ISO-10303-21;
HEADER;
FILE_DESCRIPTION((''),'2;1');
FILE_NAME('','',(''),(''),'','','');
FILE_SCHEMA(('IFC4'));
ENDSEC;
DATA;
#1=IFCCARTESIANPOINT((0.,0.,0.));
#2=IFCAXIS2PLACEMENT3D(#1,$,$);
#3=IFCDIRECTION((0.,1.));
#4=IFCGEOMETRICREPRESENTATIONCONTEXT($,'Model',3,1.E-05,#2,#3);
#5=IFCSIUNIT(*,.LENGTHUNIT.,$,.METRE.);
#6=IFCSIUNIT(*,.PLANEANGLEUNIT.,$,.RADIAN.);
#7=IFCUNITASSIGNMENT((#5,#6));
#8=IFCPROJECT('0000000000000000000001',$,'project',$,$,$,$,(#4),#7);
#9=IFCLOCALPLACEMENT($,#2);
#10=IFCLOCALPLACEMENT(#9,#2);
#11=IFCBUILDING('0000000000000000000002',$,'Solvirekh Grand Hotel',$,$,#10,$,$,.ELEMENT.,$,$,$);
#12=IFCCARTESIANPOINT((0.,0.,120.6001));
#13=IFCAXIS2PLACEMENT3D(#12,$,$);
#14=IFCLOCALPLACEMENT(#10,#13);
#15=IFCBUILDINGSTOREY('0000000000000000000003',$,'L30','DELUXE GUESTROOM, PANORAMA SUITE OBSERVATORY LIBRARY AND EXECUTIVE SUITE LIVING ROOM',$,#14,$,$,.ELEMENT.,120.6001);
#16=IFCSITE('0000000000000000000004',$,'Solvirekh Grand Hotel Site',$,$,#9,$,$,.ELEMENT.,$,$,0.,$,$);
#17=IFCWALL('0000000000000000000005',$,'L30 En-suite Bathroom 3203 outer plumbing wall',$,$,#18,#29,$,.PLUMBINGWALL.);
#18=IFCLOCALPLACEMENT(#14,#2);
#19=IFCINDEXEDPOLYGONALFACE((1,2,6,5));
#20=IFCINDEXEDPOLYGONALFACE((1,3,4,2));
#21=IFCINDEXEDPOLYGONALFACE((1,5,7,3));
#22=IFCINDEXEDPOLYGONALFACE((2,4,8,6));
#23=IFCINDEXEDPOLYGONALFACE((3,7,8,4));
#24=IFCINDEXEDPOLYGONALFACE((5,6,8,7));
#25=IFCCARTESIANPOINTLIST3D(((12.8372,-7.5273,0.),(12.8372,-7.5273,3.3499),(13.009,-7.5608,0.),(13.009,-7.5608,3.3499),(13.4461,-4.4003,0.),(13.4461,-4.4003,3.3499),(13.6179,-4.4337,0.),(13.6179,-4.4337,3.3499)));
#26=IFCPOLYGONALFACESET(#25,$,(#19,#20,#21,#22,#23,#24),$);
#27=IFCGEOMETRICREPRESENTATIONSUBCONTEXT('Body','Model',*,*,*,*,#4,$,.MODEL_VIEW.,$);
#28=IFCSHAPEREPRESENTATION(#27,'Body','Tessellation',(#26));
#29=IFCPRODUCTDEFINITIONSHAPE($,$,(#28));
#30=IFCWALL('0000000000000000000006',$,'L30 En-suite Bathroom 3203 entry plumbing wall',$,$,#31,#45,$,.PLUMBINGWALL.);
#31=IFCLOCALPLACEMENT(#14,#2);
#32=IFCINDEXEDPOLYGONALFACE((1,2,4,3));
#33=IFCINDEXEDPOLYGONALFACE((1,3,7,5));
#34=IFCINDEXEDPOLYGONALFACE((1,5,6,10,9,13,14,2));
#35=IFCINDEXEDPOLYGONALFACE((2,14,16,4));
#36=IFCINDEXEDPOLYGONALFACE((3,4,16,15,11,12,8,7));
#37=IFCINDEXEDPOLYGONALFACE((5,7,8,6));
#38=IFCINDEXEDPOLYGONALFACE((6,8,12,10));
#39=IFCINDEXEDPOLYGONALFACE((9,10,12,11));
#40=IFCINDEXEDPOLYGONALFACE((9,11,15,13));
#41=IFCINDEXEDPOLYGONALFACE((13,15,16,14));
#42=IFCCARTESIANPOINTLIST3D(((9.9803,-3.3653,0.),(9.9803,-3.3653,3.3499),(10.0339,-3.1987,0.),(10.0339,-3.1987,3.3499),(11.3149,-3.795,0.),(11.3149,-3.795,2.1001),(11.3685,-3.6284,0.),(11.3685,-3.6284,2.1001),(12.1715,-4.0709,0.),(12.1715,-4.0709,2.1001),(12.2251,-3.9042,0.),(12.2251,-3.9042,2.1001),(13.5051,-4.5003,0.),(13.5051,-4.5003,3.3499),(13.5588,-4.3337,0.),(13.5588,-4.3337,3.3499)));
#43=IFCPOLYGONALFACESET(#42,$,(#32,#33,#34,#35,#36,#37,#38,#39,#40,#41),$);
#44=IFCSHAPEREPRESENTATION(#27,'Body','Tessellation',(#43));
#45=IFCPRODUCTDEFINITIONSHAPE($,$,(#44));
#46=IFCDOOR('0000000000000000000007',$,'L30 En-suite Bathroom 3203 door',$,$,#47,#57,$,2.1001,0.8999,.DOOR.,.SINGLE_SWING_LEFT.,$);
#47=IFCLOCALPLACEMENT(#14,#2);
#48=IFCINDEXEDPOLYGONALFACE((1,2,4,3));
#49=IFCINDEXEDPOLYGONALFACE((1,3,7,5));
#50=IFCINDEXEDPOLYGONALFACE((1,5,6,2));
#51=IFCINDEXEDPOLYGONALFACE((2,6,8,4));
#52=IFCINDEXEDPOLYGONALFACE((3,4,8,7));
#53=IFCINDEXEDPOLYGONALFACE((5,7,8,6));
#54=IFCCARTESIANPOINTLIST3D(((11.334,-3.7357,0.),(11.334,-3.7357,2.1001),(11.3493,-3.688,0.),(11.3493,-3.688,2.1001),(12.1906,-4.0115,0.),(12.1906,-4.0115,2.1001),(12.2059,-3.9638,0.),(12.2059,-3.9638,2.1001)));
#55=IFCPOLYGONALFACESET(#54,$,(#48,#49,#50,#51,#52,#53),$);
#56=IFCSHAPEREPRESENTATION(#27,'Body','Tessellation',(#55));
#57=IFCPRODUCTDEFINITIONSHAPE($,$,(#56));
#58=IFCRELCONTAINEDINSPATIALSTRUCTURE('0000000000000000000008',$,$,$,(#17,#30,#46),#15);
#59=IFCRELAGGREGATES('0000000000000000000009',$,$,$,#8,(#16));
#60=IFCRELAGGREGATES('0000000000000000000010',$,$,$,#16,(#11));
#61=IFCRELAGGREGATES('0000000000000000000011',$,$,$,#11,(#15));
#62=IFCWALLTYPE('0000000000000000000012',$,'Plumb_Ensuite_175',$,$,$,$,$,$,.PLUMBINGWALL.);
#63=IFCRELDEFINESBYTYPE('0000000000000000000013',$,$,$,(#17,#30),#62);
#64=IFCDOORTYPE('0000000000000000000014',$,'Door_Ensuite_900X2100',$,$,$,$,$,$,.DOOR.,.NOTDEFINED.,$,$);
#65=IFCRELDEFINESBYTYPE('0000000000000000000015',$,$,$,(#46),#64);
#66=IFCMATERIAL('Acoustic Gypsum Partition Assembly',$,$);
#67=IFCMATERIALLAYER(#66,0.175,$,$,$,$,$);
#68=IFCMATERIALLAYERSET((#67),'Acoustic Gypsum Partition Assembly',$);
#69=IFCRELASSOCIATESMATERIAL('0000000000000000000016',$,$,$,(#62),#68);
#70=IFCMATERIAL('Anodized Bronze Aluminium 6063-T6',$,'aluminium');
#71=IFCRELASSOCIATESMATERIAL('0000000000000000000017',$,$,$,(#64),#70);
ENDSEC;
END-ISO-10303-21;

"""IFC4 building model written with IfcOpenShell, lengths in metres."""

from ifc_helpers import new_model, si_unit, direction, frame, frame_2d, origin, place, context, subcontext, project, spatial, rectangle, extrude, material, layer, layer_set, type_object, element, fill, save


model = new_model("IFC4")

# Units and contexts
model_context = context("Model", 3, precision=1e-05, world=origin(), true_north=direction((0.0, 1.0)))
body_context = subcontext(model_context, "Body", "Model", "MODEL_VIEW")
ifc_project = project(units=[si_unit("LENGTHUNIT", "METRE"), si_unit("PLANEANGLEUNIT", "RADIAN")], contexts=[model_context])

# Site, building, storey
site_placement = place(None, origin())
site = spatial("IfcSite", under=ifc_project, at=site_placement, Name="Solvirekh Grand Hotel Site", CompositionType="ELEMENT", RefElevation=0.0)
building_placement = place(site_placement, origin())
building = spatial("IfcBuilding", under=site, at=building_placement, Name="Solvirekh Grand Hotel", CompositionType="ELEMENT")
storey_placement = place(building_placement, frame((0.0, 0.0, 120.6001)))
storey = spatial("IfcBuildingStorey", under=building, at=storey_placement, Name="L30", Description="DELUXE GUESTROOM, PANORAMA SUITE OBSERVATORY LIBRARY AND EXECUTIVE SUITE LIVING ROOM", CompositionType="ELEMENT", Elevation=120.6001)

# Shared definitions
ifc_material_1 = material(Name="Anodized Bronze Aluminium 6063-T6", Category="aluminium")

# Shared definitions
ifc_material_2 = material(Name="Acoustic Gypsum Partition Assembly")

# Wall
ifc_layer_1 = layer(ifc_material_2, 0.175)
ifc_layer_set_1 = layer_set([ifc_layer_1], Name="Acoustic Gypsum Partition Assembly")
wall_type_1 = type_object("IfcWallType", Name="Plumb_Ensuite_175", PredefinedType="PLUMBINGWALL", material=ifc_layer_set_1)
wall_1_placement = place(storey_placement, frame((12.9231, -7.5439, 0.0), z_axis=(0.0, 0.0, 1.0), x_axis=(0.191132, 0.981564, 0.0)))
element("IfcWall", 1, at=wall_1_placement, inside=storey, type_object=wall_type_1, Name="L30 En-suite Bathroom 3203 outer plumbing wall", PredefinedType="PLUMBINGWALL", context=body_context, shape_type="SweptSolid", body=[
    extrude(rectangle(XDim=3.1858, YDim=0.175, at=frame_2d((1.5928, 0.0))), origin(), (0.0, 0.0, 1.0), 3.3499),
])

# Wall, opening, door
wall_2_placement = place(storey_placement, frame((10.0071, -3.282, 0.0), z_axis=(0.0, 0.0, 1.0), x_axis=(0.951871, -0.3065, 0.0)))
wall_2 = element("IfcWall", 2, at=wall_2_placement, inside=storey, type_object=wall_type_1, Name="L30 En-suite Bathroom 3203 entry plumbing wall", PredefinedType="PLUMBINGWALL", context=body_context, shape_type="SweptSolid", body=[
    extrude(rectangle(XDim=3.7031, YDim=0.175, at=frame_2d((1.8516, 0.0))), origin(), (0.0, 0.0, 1.0), 3.3499),
])
opening_1_placement = place(wall_2_placement, frame((1.4021, 0.0, 0.0)))
opening_1 = element("IfcOpeningElement", 3, at=opening_1_placement, cuts=wall_2, PredefinedType="OPENING", context=body_context, shape_type="SweptSolid", body=[
    extrude(rectangle(XDim=0.8999, YDim=2.1001, at=frame_2d((0.45, 1.05))), frame((0.0, 0.0977, 0.0), z_axis=(0.0, -1.0, 0.0), x_axis=(1.0, 0.0, 0.0)), (0.0, 0.0, 1.0), 0.1951),
])
door_type_1 = type_object("IfcDoorType", Name="Door_Ensuite_900X2100", OperationType="NOTDEFINED", PredefinedType="DOOR", material=ifc_material_1)
door_1_placement = place(opening_1_placement, origin())
door_1 = element("IfcDoor", 4, at=door_1_placement, inside=storey, type_object=door_type_1, Name="L30 En-suite Bathroom 3203 door", OperationType="SINGLE_SWING_LEFT", OverallHeight=2.1001, OverallWidth=0.8999, PredefinedType="DOOR", context=body_context, shape_type="SweptSolid", body=[
    extrude(rectangle(XDim=0.8999, YDim=2.1001, at=frame_2d((0.45, 1.05))), frame((0.0, 0.0249, 0.0), z_axis=(0.0, -1.0, 0.0), x_axis=(1.0, 0.0, 0.0)), (0.0, 0.0, 1.0), 0.05),
])
fill(opening_1, door_1)

save(model, "model.ifc")
